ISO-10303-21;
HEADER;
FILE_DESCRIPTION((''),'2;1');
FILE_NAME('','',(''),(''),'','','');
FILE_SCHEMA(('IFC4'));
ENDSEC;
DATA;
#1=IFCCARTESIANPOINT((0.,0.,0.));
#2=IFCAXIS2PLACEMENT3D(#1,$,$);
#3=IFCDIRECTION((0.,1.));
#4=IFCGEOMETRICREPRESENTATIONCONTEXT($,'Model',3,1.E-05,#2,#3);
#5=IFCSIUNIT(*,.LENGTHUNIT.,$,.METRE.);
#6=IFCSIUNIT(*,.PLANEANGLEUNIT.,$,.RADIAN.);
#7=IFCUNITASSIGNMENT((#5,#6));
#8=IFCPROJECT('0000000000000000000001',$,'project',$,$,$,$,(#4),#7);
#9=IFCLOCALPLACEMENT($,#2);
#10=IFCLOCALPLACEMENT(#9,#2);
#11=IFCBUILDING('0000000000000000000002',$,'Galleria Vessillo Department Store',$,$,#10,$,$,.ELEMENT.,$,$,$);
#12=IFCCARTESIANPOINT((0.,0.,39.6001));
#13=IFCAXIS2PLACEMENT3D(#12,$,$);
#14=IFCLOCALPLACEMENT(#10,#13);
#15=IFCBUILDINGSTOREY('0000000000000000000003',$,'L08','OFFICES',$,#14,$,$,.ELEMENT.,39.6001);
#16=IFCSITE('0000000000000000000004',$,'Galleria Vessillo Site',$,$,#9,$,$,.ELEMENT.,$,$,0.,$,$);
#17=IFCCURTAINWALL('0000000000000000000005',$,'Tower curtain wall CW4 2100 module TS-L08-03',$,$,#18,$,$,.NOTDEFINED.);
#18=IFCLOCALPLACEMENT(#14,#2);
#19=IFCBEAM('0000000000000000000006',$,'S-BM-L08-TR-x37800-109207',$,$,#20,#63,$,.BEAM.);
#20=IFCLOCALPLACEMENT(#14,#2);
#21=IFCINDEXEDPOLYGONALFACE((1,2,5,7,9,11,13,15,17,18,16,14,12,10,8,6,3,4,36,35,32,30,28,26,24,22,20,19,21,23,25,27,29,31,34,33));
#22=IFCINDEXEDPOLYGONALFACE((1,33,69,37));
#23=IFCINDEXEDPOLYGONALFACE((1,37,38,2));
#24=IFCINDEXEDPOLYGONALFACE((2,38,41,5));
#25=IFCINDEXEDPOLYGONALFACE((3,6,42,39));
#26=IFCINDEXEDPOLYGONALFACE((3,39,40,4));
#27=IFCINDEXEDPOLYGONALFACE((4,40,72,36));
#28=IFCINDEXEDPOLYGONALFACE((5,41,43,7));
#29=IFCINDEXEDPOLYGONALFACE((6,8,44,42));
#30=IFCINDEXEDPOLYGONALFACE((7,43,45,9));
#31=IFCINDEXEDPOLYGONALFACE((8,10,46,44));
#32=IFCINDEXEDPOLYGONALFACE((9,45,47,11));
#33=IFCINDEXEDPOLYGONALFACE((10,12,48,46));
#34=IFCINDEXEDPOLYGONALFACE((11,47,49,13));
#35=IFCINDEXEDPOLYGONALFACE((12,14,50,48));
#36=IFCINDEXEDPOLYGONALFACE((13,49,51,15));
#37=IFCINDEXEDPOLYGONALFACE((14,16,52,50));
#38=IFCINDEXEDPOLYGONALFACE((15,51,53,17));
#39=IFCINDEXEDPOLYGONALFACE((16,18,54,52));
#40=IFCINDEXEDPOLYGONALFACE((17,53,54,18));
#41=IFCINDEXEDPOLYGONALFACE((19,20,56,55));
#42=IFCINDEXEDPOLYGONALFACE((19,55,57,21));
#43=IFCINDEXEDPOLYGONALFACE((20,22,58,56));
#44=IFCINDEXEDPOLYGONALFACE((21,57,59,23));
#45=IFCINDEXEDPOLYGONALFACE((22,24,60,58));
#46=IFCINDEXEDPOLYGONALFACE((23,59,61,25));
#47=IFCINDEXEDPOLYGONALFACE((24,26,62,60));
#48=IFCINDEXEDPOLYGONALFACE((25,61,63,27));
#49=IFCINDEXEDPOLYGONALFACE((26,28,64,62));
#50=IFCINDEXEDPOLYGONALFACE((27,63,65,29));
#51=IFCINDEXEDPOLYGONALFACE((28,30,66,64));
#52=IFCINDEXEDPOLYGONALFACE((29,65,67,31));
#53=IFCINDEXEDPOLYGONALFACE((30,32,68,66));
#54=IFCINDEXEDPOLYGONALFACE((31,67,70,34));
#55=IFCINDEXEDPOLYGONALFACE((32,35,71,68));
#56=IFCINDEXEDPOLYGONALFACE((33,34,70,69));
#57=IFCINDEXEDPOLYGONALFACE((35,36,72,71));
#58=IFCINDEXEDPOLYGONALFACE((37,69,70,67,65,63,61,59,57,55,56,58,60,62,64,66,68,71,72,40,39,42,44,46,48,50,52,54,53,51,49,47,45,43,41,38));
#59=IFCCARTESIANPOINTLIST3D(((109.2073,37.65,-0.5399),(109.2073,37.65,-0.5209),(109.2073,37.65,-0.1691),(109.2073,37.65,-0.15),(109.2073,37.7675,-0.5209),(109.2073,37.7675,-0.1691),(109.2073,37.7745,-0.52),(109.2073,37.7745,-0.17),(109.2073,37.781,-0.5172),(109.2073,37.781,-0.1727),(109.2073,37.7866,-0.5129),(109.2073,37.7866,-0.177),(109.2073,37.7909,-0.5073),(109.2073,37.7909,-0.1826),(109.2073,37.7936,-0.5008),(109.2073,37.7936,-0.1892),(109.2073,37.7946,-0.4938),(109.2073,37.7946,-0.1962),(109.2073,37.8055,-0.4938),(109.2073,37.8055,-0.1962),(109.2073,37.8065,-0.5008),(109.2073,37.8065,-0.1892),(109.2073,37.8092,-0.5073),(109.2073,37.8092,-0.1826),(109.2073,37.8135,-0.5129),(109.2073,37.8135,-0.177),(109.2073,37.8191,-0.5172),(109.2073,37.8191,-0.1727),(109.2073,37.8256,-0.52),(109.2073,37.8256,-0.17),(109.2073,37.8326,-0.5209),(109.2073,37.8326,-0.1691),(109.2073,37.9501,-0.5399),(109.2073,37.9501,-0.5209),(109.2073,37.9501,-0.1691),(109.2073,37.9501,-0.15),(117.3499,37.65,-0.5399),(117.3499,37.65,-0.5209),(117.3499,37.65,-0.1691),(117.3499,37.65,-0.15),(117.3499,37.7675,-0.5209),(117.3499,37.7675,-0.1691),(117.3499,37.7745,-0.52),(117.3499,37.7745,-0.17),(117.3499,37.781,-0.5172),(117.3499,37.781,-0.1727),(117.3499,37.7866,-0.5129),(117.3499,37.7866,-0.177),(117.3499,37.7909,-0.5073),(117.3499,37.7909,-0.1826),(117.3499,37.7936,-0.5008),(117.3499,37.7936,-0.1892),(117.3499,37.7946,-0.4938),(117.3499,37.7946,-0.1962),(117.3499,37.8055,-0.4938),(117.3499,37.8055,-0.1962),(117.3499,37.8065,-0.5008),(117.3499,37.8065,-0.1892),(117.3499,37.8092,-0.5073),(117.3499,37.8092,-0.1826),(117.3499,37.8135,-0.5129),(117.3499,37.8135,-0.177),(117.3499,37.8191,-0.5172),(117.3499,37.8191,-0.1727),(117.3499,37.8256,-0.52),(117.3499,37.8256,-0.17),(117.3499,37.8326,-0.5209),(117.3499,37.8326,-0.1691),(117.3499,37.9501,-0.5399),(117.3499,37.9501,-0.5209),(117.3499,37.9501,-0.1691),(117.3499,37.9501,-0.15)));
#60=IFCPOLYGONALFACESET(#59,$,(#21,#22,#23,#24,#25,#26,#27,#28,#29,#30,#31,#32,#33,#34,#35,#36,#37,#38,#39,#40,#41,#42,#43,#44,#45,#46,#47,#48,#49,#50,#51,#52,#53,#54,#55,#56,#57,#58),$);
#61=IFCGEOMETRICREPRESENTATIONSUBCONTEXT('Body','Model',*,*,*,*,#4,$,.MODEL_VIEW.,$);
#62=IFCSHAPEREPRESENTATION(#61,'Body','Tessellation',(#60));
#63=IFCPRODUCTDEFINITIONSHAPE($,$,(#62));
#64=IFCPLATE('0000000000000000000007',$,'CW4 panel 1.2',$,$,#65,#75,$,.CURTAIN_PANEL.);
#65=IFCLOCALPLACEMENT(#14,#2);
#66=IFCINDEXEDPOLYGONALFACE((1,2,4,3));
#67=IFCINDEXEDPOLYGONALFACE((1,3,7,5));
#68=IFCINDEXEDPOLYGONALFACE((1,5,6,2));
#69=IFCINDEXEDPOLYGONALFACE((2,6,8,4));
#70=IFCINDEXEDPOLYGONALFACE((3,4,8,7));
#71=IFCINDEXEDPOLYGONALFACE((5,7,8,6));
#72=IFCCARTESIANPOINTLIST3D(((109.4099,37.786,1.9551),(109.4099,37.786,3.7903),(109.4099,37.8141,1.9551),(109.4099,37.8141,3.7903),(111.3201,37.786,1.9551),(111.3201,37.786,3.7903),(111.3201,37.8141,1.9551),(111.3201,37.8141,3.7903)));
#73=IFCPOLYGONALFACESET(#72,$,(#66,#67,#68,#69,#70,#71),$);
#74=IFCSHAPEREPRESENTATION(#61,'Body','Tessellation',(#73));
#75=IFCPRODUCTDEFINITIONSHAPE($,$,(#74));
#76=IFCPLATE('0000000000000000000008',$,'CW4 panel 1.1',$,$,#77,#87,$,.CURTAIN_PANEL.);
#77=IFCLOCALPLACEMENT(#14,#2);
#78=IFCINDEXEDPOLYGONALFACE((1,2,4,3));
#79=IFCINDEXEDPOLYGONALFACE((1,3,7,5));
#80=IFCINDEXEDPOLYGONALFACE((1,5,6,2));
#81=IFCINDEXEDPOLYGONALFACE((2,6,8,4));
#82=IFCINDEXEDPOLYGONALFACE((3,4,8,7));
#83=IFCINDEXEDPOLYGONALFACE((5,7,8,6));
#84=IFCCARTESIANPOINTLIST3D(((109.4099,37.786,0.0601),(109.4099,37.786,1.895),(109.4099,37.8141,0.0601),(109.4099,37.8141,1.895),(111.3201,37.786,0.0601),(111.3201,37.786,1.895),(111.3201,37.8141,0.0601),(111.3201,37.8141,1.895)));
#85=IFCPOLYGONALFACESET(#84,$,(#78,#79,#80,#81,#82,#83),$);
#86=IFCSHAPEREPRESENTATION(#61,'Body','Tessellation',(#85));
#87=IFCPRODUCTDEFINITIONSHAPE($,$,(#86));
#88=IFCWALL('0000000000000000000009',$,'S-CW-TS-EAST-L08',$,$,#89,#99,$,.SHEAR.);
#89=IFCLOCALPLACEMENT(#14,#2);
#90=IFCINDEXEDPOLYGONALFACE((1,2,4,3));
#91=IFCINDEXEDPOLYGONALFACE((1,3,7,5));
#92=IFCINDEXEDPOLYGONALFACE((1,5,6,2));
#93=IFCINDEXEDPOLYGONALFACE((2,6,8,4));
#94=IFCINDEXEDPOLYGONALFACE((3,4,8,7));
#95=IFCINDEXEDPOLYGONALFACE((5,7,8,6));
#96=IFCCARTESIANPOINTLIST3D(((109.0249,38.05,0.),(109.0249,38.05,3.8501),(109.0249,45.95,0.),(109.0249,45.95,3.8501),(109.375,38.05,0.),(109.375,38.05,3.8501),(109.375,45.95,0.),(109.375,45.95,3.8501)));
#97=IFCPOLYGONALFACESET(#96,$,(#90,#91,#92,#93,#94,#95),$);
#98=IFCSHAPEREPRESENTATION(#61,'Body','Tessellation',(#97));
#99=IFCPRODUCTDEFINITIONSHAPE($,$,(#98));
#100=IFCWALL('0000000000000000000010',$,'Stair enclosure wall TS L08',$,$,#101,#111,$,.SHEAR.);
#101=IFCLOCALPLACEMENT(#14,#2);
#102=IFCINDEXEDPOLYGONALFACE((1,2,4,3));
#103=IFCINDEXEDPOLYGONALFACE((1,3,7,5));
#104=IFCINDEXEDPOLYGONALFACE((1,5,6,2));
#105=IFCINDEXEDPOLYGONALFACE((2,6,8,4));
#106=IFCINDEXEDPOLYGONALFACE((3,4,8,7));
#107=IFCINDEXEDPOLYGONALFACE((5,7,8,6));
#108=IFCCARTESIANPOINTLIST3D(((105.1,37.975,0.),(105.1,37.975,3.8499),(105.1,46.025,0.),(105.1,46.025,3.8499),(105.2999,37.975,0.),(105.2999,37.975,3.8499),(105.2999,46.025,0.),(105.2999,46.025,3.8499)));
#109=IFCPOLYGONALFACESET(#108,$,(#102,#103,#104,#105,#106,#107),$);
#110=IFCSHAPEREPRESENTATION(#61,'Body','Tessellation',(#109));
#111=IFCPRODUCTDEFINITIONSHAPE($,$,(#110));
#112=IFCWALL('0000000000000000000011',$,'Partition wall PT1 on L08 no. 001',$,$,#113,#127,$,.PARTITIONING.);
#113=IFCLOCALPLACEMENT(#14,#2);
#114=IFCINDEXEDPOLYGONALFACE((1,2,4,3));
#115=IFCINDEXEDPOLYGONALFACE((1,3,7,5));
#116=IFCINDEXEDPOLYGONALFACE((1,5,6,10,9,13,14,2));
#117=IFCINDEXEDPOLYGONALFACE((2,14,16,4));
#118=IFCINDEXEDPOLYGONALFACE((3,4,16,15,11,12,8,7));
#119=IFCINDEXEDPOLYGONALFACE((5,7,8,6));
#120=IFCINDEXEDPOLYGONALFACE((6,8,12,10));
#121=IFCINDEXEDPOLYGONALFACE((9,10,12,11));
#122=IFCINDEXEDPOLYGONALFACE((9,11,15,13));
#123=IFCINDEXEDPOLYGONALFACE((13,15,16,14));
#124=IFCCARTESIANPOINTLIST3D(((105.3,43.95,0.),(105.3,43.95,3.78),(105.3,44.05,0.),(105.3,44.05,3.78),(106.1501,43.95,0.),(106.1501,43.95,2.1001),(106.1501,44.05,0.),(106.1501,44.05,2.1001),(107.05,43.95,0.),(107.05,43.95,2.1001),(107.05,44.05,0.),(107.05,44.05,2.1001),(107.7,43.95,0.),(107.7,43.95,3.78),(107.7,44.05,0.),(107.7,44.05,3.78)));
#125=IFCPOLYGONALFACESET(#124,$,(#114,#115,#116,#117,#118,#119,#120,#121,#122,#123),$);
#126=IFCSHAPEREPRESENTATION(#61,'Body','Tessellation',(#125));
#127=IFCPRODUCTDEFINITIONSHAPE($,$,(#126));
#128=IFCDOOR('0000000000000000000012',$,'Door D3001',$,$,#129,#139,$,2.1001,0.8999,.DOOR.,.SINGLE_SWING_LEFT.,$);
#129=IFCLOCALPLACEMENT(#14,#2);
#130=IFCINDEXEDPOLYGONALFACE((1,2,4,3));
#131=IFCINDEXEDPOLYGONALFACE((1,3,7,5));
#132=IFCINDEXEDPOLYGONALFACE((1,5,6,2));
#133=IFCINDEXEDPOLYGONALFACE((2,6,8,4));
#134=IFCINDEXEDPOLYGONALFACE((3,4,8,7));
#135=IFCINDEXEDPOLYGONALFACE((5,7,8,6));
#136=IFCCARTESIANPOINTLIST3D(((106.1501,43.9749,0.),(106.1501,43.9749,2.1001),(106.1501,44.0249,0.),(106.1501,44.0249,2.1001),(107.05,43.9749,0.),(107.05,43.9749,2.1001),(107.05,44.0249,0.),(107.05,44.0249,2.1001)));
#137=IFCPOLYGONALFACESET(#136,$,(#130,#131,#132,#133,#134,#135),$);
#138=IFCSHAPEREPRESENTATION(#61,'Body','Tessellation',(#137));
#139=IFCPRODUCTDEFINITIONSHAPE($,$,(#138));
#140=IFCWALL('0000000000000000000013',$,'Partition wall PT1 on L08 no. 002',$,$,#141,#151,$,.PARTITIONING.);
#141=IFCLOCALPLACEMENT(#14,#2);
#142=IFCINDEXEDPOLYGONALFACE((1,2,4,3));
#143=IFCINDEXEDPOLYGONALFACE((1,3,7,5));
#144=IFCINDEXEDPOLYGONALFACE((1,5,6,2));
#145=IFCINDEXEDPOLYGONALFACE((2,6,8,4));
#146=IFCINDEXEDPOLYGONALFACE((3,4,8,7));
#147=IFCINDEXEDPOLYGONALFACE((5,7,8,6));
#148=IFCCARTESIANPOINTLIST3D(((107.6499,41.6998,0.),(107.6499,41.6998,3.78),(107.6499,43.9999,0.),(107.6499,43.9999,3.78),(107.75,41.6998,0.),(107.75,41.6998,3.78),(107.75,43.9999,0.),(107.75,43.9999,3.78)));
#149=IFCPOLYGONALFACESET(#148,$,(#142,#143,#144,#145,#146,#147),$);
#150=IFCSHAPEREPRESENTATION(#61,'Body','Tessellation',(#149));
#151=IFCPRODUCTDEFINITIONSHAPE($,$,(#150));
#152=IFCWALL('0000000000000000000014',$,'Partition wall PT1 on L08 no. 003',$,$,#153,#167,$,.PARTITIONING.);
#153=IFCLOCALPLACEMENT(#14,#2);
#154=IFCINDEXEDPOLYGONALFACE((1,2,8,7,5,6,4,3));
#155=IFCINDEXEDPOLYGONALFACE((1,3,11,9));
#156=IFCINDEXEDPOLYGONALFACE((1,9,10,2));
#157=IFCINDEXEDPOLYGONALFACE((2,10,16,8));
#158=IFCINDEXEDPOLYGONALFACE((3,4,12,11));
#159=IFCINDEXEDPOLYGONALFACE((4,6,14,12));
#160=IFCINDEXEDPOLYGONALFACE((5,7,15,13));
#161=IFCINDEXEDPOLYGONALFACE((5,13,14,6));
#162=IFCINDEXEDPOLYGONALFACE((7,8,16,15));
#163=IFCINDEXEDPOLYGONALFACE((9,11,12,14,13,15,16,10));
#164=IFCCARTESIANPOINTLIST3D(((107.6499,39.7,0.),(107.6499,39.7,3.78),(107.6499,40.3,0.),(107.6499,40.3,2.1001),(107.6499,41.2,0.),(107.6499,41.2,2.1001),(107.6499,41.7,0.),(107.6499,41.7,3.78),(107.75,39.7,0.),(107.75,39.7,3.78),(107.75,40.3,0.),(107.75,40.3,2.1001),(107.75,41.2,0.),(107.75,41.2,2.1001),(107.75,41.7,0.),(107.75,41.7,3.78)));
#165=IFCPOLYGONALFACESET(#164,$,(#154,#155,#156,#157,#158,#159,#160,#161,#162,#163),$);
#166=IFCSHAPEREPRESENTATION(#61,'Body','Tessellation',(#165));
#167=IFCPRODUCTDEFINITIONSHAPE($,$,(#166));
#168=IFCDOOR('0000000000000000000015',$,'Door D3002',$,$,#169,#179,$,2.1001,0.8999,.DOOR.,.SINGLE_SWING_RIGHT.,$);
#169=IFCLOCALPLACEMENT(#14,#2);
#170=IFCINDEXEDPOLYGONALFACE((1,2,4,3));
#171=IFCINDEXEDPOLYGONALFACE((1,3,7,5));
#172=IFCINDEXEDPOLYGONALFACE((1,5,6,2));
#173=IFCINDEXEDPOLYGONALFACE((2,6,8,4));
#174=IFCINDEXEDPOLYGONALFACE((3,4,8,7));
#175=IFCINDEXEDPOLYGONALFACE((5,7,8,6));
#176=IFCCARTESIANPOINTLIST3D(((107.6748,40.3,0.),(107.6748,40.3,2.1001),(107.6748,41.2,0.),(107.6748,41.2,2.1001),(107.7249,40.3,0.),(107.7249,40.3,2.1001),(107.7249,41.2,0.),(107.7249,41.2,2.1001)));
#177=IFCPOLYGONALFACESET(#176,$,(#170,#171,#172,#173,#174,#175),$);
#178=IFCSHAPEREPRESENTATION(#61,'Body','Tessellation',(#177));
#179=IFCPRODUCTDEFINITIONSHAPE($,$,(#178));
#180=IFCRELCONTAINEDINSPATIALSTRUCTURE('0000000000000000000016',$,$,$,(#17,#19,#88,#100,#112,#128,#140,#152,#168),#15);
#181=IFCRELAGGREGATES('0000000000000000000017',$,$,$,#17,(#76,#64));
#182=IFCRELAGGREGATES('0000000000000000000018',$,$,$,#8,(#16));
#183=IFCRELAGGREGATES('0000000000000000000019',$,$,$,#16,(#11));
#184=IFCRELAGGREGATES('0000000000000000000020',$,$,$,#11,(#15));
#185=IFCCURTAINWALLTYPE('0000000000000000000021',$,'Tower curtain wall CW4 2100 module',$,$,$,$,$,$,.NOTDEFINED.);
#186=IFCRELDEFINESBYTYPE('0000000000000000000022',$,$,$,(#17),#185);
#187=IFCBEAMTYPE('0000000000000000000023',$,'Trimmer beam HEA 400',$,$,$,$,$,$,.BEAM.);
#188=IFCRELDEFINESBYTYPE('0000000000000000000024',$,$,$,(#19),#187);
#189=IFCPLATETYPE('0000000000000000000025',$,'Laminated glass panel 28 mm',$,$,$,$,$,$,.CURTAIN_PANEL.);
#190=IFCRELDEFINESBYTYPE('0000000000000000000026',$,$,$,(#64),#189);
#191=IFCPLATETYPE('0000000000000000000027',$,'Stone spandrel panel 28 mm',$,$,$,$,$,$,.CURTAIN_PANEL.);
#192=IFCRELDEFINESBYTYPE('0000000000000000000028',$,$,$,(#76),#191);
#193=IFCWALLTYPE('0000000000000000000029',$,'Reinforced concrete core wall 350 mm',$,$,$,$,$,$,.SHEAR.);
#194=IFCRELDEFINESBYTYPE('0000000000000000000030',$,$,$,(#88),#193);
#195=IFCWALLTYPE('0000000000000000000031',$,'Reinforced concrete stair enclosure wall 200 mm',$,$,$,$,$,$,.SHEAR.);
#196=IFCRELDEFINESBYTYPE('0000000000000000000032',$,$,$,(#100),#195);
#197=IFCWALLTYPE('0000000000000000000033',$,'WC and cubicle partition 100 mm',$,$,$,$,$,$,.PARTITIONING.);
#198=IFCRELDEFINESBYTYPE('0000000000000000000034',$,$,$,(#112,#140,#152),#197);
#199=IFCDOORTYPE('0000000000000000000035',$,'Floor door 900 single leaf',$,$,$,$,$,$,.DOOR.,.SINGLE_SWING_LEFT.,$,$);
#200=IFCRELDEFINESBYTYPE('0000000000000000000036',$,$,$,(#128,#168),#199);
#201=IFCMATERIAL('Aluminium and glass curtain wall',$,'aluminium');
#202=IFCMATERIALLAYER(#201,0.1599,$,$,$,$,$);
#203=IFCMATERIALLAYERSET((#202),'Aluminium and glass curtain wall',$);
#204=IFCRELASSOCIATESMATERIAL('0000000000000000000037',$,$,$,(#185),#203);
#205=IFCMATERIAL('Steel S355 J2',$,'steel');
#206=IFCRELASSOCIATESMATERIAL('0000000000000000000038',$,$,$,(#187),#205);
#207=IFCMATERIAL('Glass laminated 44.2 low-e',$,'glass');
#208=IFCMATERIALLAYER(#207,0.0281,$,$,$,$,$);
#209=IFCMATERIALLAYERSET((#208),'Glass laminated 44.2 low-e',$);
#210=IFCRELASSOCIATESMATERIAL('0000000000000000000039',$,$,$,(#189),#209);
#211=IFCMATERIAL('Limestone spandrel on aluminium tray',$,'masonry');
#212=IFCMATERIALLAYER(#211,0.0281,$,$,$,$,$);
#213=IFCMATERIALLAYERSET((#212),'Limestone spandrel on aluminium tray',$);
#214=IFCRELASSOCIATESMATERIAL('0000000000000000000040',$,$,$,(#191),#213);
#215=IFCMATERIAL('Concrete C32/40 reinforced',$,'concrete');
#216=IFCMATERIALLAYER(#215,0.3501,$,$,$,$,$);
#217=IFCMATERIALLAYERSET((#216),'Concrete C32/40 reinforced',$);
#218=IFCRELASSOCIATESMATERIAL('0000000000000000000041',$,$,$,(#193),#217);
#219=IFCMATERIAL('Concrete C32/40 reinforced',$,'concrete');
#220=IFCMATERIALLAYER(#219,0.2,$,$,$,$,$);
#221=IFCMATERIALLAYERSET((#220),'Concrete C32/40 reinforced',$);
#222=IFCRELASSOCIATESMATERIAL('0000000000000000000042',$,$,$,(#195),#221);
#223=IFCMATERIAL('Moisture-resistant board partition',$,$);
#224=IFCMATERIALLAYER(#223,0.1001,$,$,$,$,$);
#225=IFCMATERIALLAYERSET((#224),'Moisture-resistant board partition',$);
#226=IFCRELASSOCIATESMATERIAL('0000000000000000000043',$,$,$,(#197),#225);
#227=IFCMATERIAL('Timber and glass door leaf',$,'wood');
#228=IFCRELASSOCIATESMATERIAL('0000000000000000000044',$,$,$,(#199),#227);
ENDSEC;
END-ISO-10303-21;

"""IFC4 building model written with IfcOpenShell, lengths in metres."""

from ifc_helpers import new_model, si_unit, direction, frame, frame_2d, origin, origin_2d, place, context, subcontext, project, spatial, rectangle, i_section, extrude, material, layer, layer_set, material_profile, profile_set, type_object, element, fill, aggregate, save


model = new_model("IFC4")

# Units and contexts
model_context = context("Model", 3, precision=1e-05, world=origin(), true_north=direction((0.0, 1.0)))
body_context = subcontext(model_context, "Body", "Model", "MODEL_VIEW")
ifc_project = project(units=[si_unit("LENGTHUNIT", "METRE"), si_unit("PLANEANGLEUNIT", "RADIAN")], contexts=[model_context])

# Site, building, storey
site_placement = place(None, origin())
site = spatial("IfcSite", under=ifc_project, at=site_placement, Name="Galleria Vessillo Site", CompositionType="ELEMENT", RefElevation=0.0)
building_placement = place(site_placement, origin())
building = spatial("IfcBuilding", under=site, at=building_placement, Name="Galleria Vessillo Department Store", CompositionType="ELEMENT")
storey_placement = place(building_placement, frame((0.0, 0.0, 39.6001)))
storey = spatial("IfcBuildingStorey", under=building, at=storey_placement, Name="L08", Description="OFFICES", CompositionType="ELEMENT", Elevation=39.6001)

# Curtain wall
ifc_material_1 = material(Name="Aluminium and glass curtain wall", Category="aluminium")
ifc_layer_1 = layer(ifc_material_1, 0.1599)
ifc_layer_set_1 = layer_set([ifc_layer_1], Name="Aluminium and glass curtain wall")
curtain_wall_type = type_object("IfcCurtainWallType", Name="Tower curtain wall CW4 2100 module", PredefinedType="NOTDEFINED", material=ifc_layer_set_1)
curtain_wall_placement = place(storey_placement, origin())
curtain_wall = element("IfcCurtainWall", 1, at=curtain_wall_placement, inside=storey, type_object=curtain_wall_type, Name="Tower curtain wall CW4 2100 module TS-L08-03", PredefinedType="NOTDEFINED")

# Beam
ifc_material_2 = material(Name="Steel S355 J2", Category="steel")
ifc_material_profile_1 = material_profile(ifc_material_2, i_section(OverallWidth=0.3, OverallDepth=0.3899, WebThickness=0.011, FlangeThickness=0.019, FilletRadius=0.0271, at=origin_2d()), Name="HEA 400")
ifc_profile_set_1 = profile_set([ifc_material_profile_1], Name="Steel S355 J2")
beam_type = type_object("IfcBeamType", Name="Trimmer beam HEA 400", PredefinedType="BEAM", material=ifc_profile_set_1)
beam_placement = place(storey_placement, frame((109.2073, 37.8, -0.345), z_axis=(1.0, 0.0, 0.0), x_axis=(0.0, 1.0, 0.0)))
element("IfcBeam", 2, at=beam_placement, inside=storey, type_object=beam_type, Name="S-BM-L08-TR-x37800-109207", PredefinedType="BEAM", context=body_context, shape_type="SweptSolid", body=[
    extrude(i_section(OverallWidth=0.3, OverallDepth=0.3899, WebThickness=0.011, FlangeThickness=0.019, FilletRadius=0.0271, at=origin_2d()), origin(), (0.0, 0.0, 1.0), 8.1426),
])

# Plates
ifc_material_3 = material(Name="Glass laminated 44.2 low-e", Category="glass")
ifc_layer_2 = layer(ifc_material_3, 0.0281)
ifc_layer_set_2 = layer_set([ifc_layer_2], Name="Glass laminated 44.2 low-e")
plate_type_1 = type_object("IfcPlateType", Name="Laminated glass panel 28 mm", PredefinedType="CURTAIN_PANEL", material=ifc_layer_set_2)
plate_1_placement = place(storey_placement, frame((110.365, 37.8, 1.9551), z_axis=(0.0, 0.0, 1.0), x_axis=(1.0, 0.0, 0.0)))
plate_1 = element("IfcPlate", 3, at=plate_1_placement, type_object=plate_type_1, Name="CW4 panel 1.2", PredefinedType="CURTAIN_PANEL", context=body_context, shape_type="SweptSolid", body=[
    extrude(rectangle(XDim=1.9102, YDim=0.0281, at=origin_2d()), origin(), (0.0, 0.0, 1.0), 1.8352),
])
ifc_material_4 = material(Name="Limestone spandrel on aluminium tray", Category="masonry")
ifc_layer_3 = layer(ifc_material_4, 0.0281)
ifc_layer_set_3 = layer_set([ifc_layer_3], Name="Limestone spandrel on aluminium tray")
plate_type_2 = type_object("IfcPlateType", Name="Stone spandrel panel 28 mm", PredefinedType="CURTAIN_PANEL", material=ifc_layer_set_3)
plate_2_placement = place(storey_placement, frame((110.365, 37.8, 0.0601), z_axis=(0.0, 0.0, 1.0), x_axis=(1.0, 0.0, 0.0)))
plate_2 = element("IfcPlate", 4, at=plate_2_placement, type_object=plate_type_2, Name="CW4 panel 1.1", PredefinedType="CURTAIN_PANEL", context=body_context, shape_type="SweptSolid", body=[
    extrude(rectangle(XDim=1.9102, YDim=0.0281, at=origin_2d()), origin(), (0.0, 0.0, 1.0), 1.835),
])
aggregate(curtain_wall, [plate_2, plate_1])

# Walls
ifc_material_5 = material(Name="Concrete C32/40 reinforced", Category="concrete")
ifc_layer_4 = layer(ifc_material_5, 0.3501)
ifc_layer_set_4 = layer_set([ifc_layer_4], Name="Concrete C32/40 reinforced")
wall_type_1 = type_object("IfcWallType", Name="Reinforced concrete core wall 350 mm", PredefinedType="SHEAR", material=ifc_layer_set_4)
wall_1_placement = place(storey_placement, frame((109.2, 38.05, 0.0), z_axis=(0.0, 0.0, 1.0), x_axis=(0.0, 1.0, 0.0)))
element("IfcWall", 5, at=wall_1_placement, inside=storey, type_object=wall_type_1, Name="S-CW-TS-EAST-L08", PredefinedType="SHEAR", context=body_context, shape_type="SweptSolid", body=[
    extrude(rectangle(XDim=7.8999, YDim=0.3501, at=frame_2d((3.95, 0.0))), origin(), (0.0, 0.0, 1.0), 3.8501),
])
ifc_material_6 = material(Name="Concrete C32/40 reinforced", Category="concrete")
ifc_layer_5 = layer(ifc_material_6, 0.2)
ifc_layer_set_5 = layer_set([ifc_layer_5], Name="Concrete C32/40 reinforced")
wall_type_2 = type_object("IfcWallType", Name="Reinforced concrete stair enclosure wall 200 mm", PredefinedType="SHEAR", material=ifc_layer_set_5)
wall_2_placement = place(storey_placement, frame((105.2, 37.9751, 0.0), z_axis=(0.0, 0.0, 1.0), x_axis=(0.0, 1.0, 0.0)))
element("IfcWall", 6, at=wall_2_placement, inside=storey, type_object=wall_type_2, Name="Stair enclosure wall TS L08", PredefinedType="SHEAR", context=body_context, shape_type="SweptSolid", body=[
    extrude(rectangle(XDim=8.05, YDim=0.2, at=frame_2d((4.0249, 0.0))), origin(), (0.0, 0.0, 1.0), 3.8499),
])

# Wall, opening, door
ifc_material_7 = material(Name="Moisture-resistant board partition")
ifc_layer_6 = layer(ifc_material_7, 0.1001)
ifc_layer_set_6 = layer_set([ifc_layer_6], Name="Moisture-resistant board partition")
wall_type_3 = type_object("IfcWallType", Name="WC and cubicle partition 100 mm", PredefinedType="PARTITIONING", material=ifc_layer_set_6)
wall_3_placement = place(storey_placement, frame((105.3, 44.0, 0.0), z_axis=(0.0, 0.0, 1.0), x_axis=(1.0, 0.0, 0.0)))
wall_3 = element("IfcWall", 7, at=wall_3_placement, inside=storey, type_object=wall_type_3, Name="Partition wall PT1 on L08 no. 001", PredefinedType="PARTITIONING", context=body_context, shape_type="SweptSolid", body=[
    extrude(rectangle(XDim=2.3999, YDim=0.1001, at=frame_2d((1.2, 0.0))), origin(), (0.0, 0.0, 1.0), 3.78),
])
opening_1_placement = place(wall_3_placement, frame((0.8501, 0.0, 0.0)))
opening_1 = element("IfcOpeningElement", 8, at=opening_1_placement, cuts=wall_3, PredefinedType="OPENING", context=body_context, shape_type="SweptSolid", body=[
    extrude(rectangle(XDim=0.8999, YDim=2.1001, at=frame_2d((0.45, 1.05))), frame((0.0, 0.0601, 0.0), z_axis=(0.0, -1.0, 0.0), x_axis=(1.0, 0.0, 0.0)), (0.0, 0.0, 1.0), 0.1201),
])
ifc_material_8 = material(Name="Timber and glass door leaf", Category="wood")
door_type_1 = type_object("IfcDoorType", Name="Floor door 900 single leaf", OperationType="SINGLE_SWING_LEFT", PredefinedType="DOOR", material=ifc_material_8)
door_1_placement = place(opening_1_placement, origin())
door_1 = element("IfcDoor", 9, at=door_1_placement, inside=storey, type_object=door_type_1, Name="Door D3001", OperationType="SINGLE_SWING_LEFT", OverallHeight=2.1001, OverallWidth=0.8999, PredefinedType="DOOR", context=body_context, shape_type="SweptSolid", body=[
    extrude(rectangle(XDim=0.8999, YDim=2.1001, at=frame_2d((0.45, 1.05))), frame((0.0, 0.0249, 0.0), z_axis=(0.0, -1.0, 0.0), x_axis=(1.0, 0.0, 0.0)), (0.0, 0.0, 1.0), 0.05),
])
fill(opening_1, door_1)

# Wall
wall_4_placement = place(storey_placement, frame((107.7, 41.7, 0.0), z_axis=(0.0, 0.0, 1.0), x_axis=(0.0, 1.0, 0.0)))
element("IfcWall", 10, at=wall_4_placement, inside=storey, type_object=wall_type_3, Name="Partition wall PT1 on L08 no. 002", PredefinedType="PARTITIONING", context=body_context, shape_type="SweptSolid", body=[
    extrude(rectangle(XDim=2.3, YDim=0.1001, at=frame_2d((1.1499, 0.0))), origin(), (0.0, 0.0, 1.0), 3.78),
])

# Wall, opening, door
wall_5_placement = place(storey_placement, frame((107.7, 39.7, 0.0), z_axis=(0.0, 0.0, 1.0), x_axis=(0.0, 1.0, 0.0)))
wall_5 = element("IfcWall", 11, at=wall_5_placement, inside=storey, type_object=wall_type_3, Name="Partition wall PT1 on L08 no. 003", PredefinedType="PARTITIONING", context=body_context, shape_type="SweptSolid", body=[
    extrude(rectangle(XDim=2.0, YDim=0.1001, at=frame_2d((1.0, 0.0))), origin(), (0.0, 0.0, 1.0), 3.78),
])
opening_2_placement = place(wall_5_placement, frame((0.6001, 0.0, 0.0)))
opening_2 = element("IfcOpeningElement", 12, at=opening_2_placement, cuts=wall_5, PredefinedType="OPENING", context=body_context, shape_type="SweptSolid", body=[
    extrude(rectangle(XDim=0.8999, YDim=2.1001, at=frame_2d((0.45, 1.05))), frame((0.0, 0.0601, 0.0), z_axis=(0.0, -1.0, 0.0), x_axis=(1.0, 0.0, 0.0)), (0.0, 0.0, 1.0), 0.1201),
])
door_2_placement = place(opening_2_placement, frame((0.8999, 0.0, 0.0), z_axis=(0.0, 0.0, 1.0), x_axis=(-1.0, 0.0, 0.0)))
door_2 = element("IfcDoor", 13, at=door_2_placement, inside=storey, type_object=door_type_1, Name="Door D3002", OperationType="SINGLE_SWING_RIGHT", OverallHeight=2.1001, OverallWidth=0.8999, PredefinedType="DOOR", context=body_context, shape_type="SweptSolid", body=[
    extrude(rectangle(XDim=0.8999, YDim=2.1001, at=frame_2d((0.45, 1.05))), frame((0.0, 0.0249, 0.0), z_axis=(0.0, -1.0, 0.0), x_axis=(1.0, 0.0, 0.0)), (0.0, 0.0, 1.0), 0.05),
])
fill(opening_2, door_2)

save(model, "model.ifc")
